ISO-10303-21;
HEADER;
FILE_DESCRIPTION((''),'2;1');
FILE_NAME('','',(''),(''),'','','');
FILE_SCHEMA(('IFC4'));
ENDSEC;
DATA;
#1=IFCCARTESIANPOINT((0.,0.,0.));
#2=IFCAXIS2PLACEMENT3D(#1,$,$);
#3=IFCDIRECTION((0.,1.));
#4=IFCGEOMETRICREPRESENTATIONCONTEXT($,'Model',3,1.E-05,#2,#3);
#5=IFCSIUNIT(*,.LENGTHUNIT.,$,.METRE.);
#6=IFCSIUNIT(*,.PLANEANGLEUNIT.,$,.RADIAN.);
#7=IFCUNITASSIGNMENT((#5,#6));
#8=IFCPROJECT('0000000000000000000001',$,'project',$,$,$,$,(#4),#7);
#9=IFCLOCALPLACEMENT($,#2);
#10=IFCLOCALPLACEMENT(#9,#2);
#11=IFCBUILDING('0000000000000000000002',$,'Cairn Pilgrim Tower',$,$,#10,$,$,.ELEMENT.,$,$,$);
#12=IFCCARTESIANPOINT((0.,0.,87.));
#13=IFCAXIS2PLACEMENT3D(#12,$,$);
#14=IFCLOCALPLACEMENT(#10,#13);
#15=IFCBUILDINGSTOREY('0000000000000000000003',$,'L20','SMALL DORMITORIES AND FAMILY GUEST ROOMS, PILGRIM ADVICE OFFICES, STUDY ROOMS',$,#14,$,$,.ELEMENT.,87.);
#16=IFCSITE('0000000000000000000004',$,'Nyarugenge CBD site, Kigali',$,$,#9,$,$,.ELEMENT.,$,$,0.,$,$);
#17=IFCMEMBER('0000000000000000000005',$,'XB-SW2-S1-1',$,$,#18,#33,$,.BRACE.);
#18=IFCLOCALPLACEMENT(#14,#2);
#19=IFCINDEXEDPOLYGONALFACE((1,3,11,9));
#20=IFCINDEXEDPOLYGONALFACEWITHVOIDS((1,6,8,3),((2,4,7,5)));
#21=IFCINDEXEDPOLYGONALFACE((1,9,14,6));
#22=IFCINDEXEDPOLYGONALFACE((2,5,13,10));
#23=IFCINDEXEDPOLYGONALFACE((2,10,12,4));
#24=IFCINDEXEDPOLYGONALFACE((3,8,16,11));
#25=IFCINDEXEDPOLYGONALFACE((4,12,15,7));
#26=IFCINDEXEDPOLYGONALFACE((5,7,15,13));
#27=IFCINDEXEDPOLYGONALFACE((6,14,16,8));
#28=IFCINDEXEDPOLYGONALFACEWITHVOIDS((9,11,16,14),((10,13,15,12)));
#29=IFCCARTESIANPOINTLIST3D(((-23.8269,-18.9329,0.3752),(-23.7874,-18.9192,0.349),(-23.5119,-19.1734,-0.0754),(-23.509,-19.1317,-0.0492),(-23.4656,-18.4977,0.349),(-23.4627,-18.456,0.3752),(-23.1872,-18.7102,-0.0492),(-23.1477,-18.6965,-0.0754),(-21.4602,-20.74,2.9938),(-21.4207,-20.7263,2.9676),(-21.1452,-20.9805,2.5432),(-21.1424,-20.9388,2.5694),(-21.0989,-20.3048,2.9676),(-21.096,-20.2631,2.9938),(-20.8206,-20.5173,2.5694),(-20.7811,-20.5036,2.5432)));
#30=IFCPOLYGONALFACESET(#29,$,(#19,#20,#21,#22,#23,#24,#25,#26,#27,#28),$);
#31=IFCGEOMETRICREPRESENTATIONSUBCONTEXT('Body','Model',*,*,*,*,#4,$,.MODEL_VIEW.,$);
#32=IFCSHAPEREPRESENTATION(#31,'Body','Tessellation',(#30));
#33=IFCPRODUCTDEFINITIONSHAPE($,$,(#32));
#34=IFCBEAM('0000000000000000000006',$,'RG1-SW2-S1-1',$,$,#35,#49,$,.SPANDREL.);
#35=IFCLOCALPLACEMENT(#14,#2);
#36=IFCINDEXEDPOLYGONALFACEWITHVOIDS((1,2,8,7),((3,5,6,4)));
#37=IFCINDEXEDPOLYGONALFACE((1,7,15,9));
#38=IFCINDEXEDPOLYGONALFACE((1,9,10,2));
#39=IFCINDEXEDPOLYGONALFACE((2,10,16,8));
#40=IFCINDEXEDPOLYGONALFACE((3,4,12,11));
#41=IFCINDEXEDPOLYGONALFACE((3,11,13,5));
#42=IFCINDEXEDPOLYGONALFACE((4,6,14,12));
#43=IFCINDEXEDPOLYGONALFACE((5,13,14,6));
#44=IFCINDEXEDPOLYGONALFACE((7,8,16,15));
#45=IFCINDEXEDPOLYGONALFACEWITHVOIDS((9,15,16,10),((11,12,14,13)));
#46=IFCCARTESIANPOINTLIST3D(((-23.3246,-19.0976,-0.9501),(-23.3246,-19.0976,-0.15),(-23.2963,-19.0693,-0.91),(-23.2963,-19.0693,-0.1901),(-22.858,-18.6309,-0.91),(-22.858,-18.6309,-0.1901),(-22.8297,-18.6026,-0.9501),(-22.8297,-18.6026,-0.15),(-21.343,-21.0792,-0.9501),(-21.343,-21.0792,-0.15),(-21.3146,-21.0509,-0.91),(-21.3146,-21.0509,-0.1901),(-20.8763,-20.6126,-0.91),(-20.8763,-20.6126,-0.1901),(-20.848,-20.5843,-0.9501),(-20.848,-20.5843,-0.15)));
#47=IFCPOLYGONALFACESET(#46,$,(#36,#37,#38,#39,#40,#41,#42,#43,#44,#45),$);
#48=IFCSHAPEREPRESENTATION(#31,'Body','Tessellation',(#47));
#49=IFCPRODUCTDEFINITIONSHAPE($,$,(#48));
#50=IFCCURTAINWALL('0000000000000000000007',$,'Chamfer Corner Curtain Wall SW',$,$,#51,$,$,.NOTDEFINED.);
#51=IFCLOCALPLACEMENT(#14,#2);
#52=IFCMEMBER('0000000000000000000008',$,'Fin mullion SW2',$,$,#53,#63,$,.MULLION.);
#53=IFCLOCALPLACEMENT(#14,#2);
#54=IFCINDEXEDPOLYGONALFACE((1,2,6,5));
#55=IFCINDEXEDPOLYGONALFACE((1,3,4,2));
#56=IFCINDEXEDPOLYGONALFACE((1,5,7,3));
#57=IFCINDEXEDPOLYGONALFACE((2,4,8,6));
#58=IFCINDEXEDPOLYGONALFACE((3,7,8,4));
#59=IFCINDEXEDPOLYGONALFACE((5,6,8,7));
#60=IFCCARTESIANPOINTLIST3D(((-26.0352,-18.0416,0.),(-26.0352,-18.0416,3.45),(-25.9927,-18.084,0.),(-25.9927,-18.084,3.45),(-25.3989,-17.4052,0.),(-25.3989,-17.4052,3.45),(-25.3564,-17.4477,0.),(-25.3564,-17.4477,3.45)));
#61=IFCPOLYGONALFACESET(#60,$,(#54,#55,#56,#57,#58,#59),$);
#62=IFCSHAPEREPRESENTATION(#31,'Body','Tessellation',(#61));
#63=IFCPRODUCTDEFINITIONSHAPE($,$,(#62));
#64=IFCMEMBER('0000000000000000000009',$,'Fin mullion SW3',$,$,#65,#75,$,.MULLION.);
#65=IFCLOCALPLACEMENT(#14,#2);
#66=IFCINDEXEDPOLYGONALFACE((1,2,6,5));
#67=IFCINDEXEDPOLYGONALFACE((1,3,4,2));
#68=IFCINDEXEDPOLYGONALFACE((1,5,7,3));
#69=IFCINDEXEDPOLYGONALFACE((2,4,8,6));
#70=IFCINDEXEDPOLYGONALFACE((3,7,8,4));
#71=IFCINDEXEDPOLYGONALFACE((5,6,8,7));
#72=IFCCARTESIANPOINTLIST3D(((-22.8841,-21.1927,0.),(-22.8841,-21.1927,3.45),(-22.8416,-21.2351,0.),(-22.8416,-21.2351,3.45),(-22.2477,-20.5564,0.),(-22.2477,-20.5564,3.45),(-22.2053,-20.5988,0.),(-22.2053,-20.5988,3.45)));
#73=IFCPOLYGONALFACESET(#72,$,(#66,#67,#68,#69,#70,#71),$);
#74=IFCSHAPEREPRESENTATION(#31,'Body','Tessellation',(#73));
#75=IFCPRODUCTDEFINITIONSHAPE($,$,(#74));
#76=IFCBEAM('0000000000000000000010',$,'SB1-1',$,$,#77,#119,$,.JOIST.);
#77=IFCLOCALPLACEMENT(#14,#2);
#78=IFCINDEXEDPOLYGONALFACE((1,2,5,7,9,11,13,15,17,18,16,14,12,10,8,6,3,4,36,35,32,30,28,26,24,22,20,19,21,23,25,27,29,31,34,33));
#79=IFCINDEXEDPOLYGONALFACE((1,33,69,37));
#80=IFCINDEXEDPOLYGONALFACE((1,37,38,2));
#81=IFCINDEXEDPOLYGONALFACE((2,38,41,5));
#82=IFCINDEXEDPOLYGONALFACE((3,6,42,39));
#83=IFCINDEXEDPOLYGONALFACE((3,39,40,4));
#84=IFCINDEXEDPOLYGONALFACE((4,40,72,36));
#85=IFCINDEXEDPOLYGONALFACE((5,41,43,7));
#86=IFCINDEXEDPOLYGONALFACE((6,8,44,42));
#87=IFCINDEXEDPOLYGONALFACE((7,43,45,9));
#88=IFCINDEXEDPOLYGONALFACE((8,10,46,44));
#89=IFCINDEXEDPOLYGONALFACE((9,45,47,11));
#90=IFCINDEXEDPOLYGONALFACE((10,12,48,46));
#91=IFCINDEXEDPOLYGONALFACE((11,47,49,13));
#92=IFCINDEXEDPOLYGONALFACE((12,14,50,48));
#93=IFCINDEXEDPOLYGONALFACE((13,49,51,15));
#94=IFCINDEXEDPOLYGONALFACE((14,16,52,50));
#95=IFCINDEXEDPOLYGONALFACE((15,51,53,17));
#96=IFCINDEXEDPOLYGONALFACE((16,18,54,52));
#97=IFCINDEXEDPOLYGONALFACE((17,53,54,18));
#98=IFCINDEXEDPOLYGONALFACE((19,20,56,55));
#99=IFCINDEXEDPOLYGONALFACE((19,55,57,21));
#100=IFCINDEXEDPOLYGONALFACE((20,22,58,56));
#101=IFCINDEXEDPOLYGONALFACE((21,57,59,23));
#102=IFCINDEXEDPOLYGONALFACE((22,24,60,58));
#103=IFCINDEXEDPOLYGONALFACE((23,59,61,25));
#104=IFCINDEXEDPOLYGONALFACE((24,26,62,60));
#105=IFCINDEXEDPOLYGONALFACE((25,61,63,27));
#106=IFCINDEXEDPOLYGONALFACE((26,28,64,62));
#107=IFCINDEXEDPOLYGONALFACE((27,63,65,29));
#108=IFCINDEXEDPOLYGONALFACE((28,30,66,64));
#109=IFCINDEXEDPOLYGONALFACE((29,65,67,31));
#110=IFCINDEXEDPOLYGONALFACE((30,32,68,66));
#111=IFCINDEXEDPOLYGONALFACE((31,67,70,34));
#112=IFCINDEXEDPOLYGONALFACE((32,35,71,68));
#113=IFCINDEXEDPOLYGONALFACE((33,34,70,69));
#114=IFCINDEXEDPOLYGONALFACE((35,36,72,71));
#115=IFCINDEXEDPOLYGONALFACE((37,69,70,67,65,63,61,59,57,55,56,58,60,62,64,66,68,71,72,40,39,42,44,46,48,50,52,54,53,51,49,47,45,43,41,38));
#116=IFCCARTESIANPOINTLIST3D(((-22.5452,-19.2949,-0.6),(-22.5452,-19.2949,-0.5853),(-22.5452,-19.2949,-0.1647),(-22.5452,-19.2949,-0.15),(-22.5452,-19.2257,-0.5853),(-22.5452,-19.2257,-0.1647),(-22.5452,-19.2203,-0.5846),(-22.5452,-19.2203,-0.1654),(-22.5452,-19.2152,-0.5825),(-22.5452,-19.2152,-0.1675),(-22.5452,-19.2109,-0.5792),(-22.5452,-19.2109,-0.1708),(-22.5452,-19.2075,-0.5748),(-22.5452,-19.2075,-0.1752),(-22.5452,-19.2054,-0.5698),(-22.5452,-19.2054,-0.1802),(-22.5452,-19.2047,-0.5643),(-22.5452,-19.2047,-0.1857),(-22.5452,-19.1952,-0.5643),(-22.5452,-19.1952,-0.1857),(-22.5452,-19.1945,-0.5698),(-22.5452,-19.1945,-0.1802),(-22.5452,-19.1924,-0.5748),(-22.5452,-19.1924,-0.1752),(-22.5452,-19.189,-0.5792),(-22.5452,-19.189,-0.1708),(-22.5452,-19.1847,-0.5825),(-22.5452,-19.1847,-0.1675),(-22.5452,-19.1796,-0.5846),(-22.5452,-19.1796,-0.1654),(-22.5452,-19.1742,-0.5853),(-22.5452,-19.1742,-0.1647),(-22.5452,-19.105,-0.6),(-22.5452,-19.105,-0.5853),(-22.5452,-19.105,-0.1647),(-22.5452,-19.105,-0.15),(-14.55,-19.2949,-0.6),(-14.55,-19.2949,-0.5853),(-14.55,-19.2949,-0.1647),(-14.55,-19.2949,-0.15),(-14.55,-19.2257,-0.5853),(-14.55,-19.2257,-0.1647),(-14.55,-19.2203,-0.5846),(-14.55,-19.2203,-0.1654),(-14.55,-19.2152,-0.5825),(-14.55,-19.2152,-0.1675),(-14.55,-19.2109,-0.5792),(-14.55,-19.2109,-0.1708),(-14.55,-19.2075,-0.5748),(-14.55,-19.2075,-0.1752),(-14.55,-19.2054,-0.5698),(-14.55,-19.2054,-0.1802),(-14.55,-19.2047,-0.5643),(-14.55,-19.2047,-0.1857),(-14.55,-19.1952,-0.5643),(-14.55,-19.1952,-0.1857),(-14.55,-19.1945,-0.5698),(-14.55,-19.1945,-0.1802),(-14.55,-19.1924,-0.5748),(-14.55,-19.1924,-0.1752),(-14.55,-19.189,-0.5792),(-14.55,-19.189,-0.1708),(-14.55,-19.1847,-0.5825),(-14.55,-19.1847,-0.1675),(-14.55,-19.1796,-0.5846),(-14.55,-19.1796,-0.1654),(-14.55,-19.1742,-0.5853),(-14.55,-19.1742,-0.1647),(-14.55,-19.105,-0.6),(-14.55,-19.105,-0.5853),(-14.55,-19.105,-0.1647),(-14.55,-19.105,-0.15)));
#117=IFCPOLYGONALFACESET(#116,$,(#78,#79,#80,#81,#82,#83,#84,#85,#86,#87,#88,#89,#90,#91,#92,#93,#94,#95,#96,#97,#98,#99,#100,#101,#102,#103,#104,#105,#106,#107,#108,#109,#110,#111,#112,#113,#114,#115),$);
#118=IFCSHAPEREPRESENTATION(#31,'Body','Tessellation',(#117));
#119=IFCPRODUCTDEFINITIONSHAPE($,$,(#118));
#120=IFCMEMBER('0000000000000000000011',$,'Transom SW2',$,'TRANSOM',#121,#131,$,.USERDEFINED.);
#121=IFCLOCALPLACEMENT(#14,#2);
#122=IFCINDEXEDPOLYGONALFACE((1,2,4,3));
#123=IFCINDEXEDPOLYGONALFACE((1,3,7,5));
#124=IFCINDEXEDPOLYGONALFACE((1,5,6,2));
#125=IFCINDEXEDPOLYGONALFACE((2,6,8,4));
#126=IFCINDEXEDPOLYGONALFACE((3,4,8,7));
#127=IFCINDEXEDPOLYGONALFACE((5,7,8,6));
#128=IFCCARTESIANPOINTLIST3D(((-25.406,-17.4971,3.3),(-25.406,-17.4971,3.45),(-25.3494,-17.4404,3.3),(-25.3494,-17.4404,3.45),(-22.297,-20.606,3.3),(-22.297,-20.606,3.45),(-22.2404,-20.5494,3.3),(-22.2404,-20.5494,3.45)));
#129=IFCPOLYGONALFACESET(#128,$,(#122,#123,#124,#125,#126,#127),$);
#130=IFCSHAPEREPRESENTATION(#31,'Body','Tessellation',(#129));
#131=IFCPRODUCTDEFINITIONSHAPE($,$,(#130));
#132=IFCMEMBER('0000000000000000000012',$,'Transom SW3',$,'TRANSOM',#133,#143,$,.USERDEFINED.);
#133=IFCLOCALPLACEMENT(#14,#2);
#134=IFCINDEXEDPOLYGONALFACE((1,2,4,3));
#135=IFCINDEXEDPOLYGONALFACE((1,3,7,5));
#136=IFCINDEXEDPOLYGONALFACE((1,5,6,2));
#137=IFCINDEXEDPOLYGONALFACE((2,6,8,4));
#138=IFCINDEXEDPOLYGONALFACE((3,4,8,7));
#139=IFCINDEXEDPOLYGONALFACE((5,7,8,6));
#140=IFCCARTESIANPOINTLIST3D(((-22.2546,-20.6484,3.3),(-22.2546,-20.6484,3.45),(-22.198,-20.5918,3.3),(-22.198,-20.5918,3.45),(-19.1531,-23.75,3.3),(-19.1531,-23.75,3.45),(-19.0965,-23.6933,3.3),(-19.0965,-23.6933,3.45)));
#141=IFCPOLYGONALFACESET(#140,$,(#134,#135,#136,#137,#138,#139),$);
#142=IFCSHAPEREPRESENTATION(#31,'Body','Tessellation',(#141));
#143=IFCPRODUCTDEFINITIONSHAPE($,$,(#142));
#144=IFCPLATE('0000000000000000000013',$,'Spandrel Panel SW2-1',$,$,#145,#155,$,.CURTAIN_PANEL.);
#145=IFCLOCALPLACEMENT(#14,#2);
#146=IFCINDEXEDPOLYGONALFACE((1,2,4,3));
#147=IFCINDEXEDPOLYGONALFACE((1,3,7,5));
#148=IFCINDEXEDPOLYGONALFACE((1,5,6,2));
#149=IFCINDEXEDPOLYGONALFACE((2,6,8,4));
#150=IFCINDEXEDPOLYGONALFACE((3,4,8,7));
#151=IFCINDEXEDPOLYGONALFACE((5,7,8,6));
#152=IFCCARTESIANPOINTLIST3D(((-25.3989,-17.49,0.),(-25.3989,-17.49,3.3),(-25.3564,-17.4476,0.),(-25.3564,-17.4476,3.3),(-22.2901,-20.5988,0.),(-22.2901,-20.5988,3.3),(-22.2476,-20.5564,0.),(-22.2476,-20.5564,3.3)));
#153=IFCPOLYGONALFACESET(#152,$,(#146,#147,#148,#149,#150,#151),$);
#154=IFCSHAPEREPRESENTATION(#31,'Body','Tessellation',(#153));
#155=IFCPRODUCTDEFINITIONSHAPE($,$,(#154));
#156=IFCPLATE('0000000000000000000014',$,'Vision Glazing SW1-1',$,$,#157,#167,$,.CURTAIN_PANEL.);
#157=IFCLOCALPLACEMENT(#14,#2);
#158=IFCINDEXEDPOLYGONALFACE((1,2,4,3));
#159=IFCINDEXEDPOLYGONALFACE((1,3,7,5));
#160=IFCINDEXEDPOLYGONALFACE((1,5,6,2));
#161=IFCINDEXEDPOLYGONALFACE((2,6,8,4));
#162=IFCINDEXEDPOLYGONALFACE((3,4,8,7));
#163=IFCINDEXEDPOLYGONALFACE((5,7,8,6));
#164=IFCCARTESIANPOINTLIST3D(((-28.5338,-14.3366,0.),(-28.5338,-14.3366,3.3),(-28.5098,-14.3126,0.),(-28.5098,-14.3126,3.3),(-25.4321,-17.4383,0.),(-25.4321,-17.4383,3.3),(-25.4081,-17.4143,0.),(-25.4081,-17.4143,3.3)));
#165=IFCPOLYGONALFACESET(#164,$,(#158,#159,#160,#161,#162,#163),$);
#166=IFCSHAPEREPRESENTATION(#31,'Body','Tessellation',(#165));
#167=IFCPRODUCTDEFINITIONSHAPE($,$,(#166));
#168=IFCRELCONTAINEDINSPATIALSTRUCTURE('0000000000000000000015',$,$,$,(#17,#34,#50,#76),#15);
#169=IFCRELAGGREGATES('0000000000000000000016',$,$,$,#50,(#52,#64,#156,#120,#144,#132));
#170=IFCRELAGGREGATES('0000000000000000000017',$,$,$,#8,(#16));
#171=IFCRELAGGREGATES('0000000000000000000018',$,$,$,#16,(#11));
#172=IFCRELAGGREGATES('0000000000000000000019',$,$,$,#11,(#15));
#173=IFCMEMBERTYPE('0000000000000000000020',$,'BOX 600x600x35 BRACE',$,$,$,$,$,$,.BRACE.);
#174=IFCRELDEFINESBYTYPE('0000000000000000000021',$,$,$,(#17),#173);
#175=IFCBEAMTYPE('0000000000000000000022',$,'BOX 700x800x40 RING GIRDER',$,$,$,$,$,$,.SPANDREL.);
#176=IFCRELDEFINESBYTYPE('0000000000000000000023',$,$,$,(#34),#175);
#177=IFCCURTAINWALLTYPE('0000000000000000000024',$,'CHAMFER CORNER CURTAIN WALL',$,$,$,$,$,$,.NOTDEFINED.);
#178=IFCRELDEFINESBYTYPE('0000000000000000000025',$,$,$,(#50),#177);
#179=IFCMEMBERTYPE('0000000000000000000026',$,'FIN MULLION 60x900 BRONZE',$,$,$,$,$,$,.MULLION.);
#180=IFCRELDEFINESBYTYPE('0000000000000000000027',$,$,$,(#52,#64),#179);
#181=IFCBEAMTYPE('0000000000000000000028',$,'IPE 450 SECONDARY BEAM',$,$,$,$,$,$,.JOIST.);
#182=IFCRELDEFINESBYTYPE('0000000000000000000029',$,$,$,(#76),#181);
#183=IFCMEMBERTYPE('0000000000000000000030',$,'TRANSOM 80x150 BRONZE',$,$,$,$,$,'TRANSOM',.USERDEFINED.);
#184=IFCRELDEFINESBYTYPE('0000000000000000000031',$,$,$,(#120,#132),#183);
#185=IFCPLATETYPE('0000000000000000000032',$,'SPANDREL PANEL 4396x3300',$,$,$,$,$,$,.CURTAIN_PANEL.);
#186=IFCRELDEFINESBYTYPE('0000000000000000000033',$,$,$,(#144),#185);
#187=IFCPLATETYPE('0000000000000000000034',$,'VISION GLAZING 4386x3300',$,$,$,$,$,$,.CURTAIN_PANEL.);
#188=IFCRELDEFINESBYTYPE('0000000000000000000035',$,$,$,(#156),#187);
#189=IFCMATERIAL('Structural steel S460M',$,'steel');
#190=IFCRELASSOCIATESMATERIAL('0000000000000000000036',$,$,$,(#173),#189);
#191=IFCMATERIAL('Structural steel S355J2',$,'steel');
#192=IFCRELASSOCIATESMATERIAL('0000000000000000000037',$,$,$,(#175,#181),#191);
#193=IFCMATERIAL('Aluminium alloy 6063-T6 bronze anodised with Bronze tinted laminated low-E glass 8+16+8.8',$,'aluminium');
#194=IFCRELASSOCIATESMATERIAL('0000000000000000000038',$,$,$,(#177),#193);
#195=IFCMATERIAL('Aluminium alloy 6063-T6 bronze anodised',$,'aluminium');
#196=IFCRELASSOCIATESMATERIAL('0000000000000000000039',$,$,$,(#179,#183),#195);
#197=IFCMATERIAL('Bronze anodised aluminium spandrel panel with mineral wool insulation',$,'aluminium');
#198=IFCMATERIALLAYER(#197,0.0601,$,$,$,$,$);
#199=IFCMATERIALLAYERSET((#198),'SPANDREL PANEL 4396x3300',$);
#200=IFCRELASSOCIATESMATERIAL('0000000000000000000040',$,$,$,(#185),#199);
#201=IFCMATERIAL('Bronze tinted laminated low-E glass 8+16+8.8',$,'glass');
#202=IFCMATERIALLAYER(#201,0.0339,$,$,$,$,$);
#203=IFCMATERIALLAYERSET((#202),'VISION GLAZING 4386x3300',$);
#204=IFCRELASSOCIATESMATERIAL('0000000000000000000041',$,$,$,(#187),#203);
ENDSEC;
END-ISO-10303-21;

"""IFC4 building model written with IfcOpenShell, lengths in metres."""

from ifc_helpers import new_model, si_unit, direction, frame, origin, origin_2d, place, context, subcontext, project, spatial, rectangle, hollow_rectangle, i_section, extrude, material, layer, layer_set, material_profile, profile_set, type_object, element, aggregate, save


model = new_model("IFC4")

# Units and contexts
model_context = context("Model", 3, precision=1e-05, world=origin(), true_north=direction((0.0, 1.0)))
body_context = subcontext(model_context, "Body", "Model", "MODEL_VIEW")
ifc_project = project(units=[si_unit("LENGTHUNIT", "METRE"), si_unit("PLANEANGLEUNIT", "RADIAN")], contexts=[model_context])

# Site, building, storey
site_placement = place(None, origin())
site = spatial("IfcSite", under=ifc_project, at=site_placement, Name="Nyarugenge CBD site, Kigali", CompositionType="ELEMENT", RefElevation=0.0)
building_placement = place(site_placement, origin())
building = spatial("IfcBuilding", under=site, at=building_placement, Name="Cairn Pilgrim Tower", CompositionType="ELEMENT")
storey_placement = place(building_placement, frame((0.0, 0.0, 87.0)))
storey = spatial("IfcBuildingStorey", under=building, at=storey_placement, Name="L20", Description="SMALL DORMITORIES AND FAMILY GUEST ROOMS, PILGRIM ADVICE OFFICES, STUDY ROOMS", CompositionType="ELEMENT", Elevation=87.0)

# Shared definitions
ifc_material_1 = material(Name="Structural steel S460M", Category="steel")

# Member
ifc_material_profile_1 = material_profile(ifc_material_1, hollow_rectangle(XDim=0.6001, YDim=0.6001, WallThickness=0.0349, at=origin_2d()), Name="BOX 600x600x35")
ifc_profile_set_1 = profile_set([ifc_material_profile_1], Name="Structural steel S460M")
member_type_1 = type_object("IfcMemberType", Name="BOX 600x600x35 BRACE", PredefinedType="BRACE", material=ifc_profile_set_1)
member_1_placement = place(storey_placement, frame((-23.4873, -18.8147, 0.1499), z_axis=(0.596839, -0.455725, 0.660377), x_axis=(0.606878, 0.794795, 0.0)))
element("IfcMember", 1, at=member_1_placement, inside=storey, type_object=member_type_1, Name="XB-SW2-S1-1", PredefinedType="BRACE", context=body_context, shape_type="SweptSolid", body=[
    extrude(hollow_rectangle(XDim=0.6001, YDim=0.6001, WallThickness=0.0349, at=origin_2d()), origin(), (0.0, 0.0, 1.0), 3.9653),
])

# Beam
ifc_material_2 = material(Name="Structural steel S355J2", Category="steel")
ifc_material_profile_2 = material_profile(ifc_material_2, hollow_rectangle(XDim=0.7, YDim=0.8, WallThickness=0.04, at=origin_2d()), Name="BOX 700x800x40")
ifc_profile_set_2 = profile_set([ifc_material_profile_2], Name="Structural steel S355J2")
beam_type_1 = type_object("IfcBeamType", Name="BOX 700x800x40 RING GIRDER", PredefinedType="SPANDREL", material=ifc_profile_set_2)
beam_1_placement = place(storey_placement, frame((-23.0771, -18.8501, -0.55), z_axis=(0.707107, -0.707107, 0.0), x_axis=(0.707107, 0.707107, 0.0)))
element("IfcBeam", 2, at=beam_1_placement, inside=storey, type_object=beam_type_1, Name="RG1-SW2-S1-1", PredefinedType="SPANDREL", context=body_context, shape_type="SweptSolid", body=[
    extrude(hollow_rectangle(XDim=0.7, YDim=0.8, WallThickness=0.04, at=origin_2d()), origin(), (0.0, 0.0, 1.0), 2.8025),
])

# Curtain wall, members
ifc_material_3 = material(Name="Aluminium alloy 6063-T6 bronze anodised with Bronze tinted laminated low-E glass 8+16+8.8", Category="aluminium")
curtain_wall_type = type_object("IfcCurtainWallType", Name="CHAMFER CORNER CURTAIN WALL", PredefinedType="NOTDEFINED", material=ifc_material_3)
curtain_wall_placement = place(storey_placement, origin())
curtain_wall = element("IfcCurtainWall", 3, at=curtain_wall_placement, inside=storey, type_object=curtain_wall_type, Name="Chamfer Corner Curtain Wall SW", PredefinedType="NOTDEFINED")
ifc_material_4 = material(Name="Aluminium alloy 6063-T6 bronze anodised", Category="aluminium")
ifc_material_profile_3 = material_profile(ifc_material_4, rectangle(XDim=0.8999, YDim=0.0601, at=origin_2d()), Name="FIN MULLION 60x900 BRONZE")
ifc_profile_set_3 = profile_set([ifc_material_profile_3], Name="Aluminium alloy 6063-T6 bronze anodised")
member_type_2 = type_object("IfcMemberType", Name="FIN MULLION 60x900 BRONZE", PredefinedType="MULLION", material=ifc_profile_set_3)
member_2_placement = place(storey_placement, frame((-25.6958, -17.7446, 0.0), z_axis=(0.0, 0.0, 1.0), x_axis=(-0.707107, -0.707107, 0.0)))
member_2 = element("IfcMember", 4, at=member_2_placement, type_object=member_type_2, Name="Fin mullion SW2", PredefinedType="MULLION", context=body_context, shape_type="SweptSolid", body=[
    extrude(rectangle(XDim=0.8999, YDim=0.0601, at=origin_2d()), origin(), (0.0, 0.0, 1.0), 3.45),
])
member_3_placement = place(storey_placement, frame((-22.5447, -20.8958, 0.0), z_axis=(0.0, 0.0, 1.0), x_axis=(-0.707107, -0.707107, 0.0)))
member_3 = element("IfcMember", 5, at=member_3_placement, type_object=member_type_2, Name="Fin mullion SW3", PredefinedType="MULLION", context=body_context, shape_type="SweptSolid", body=[
    extrude(rectangle(XDim=0.8999, YDim=0.0601, at=origin_2d()), origin(), (0.0, 0.0, 1.0), 3.45),
])

# Beam
ifc_material_profile_4 = material_profile(ifc_material_2, i_section(OverallWidth=0.1899, OverallDepth=0.45, WebThickness=0.0095, FlangeThickness=0.0146, FilletRadius=0.021, at=origin_2d()), Name="IPE 450")
ifc_profile_set_4 = profile_set([ifc_material_profile_4], Name="Structural steel S355J2")
beam_type_2 = type_object("IfcBeamType", Name="IPE 450 SECONDARY BEAM", PredefinedType="JOIST", material=ifc_profile_set_4)
beam_2_placement = place(storey_placement, frame((-22.5452, -19.2, -0.375), z_axis=(1.0, 0.0, 0.0), x_axis=(0.0, 1.0, 0.0)))
element("IfcBeam", 6, at=beam_2_placement, inside=storey, type_object=beam_type_2, Name="SB1-1", PredefinedType="JOIST", context=body_context, shape_type="SweptSolid", body=[
    extrude(i_section(OverallWidth=0.1899, OverallDepth=0.45, WebThickness=0.0095, FlangeThickness=0.0146, FilletRadius=0.021, at=origin_2d()), origin(), (0.0, 0.0, 1.0), 7.9951),
])

# Members
ifc_material_profile_5 = material_profile(ifc_material_4, rectangle(XDim=0.0801, YDim=0.1499, at=origin_2d()), Name="TRANSOM 80x150 BRONZE")
ifc_profile_set_5 = profile_set([ifc_material_profile_5], Name="Aluminium alloy 6063-T6 bronze anodised")
member_type_3 = type_object("IfcMemberType", Name="TRANSOM 80x150 BRONZE", ElementType="TRANSOM", PredefinedType="USERDEFINED", material=ifc_profile_set_5)
member_4_placement = place(storey_placement, frame((-25.3777, -17.4688, 3.375), z_axis=(0.707107, -0.707107, 0.0), x_axis=(0.707107, 0.707107, 0.0)))
member_4 = element("IfcMember", 7, at=member_4_placement, type_object=member_type_3, Name="Transom SW2", ObjectType="TRANSOM", PredefinedType="USERDEFINED", context=body_context, shape_type="SweptSolid", body=[
    extrude(rectangle(XDim=0.0801, YDim=0.1499, at=origin_2d()), origin(), (0.0, 0.0, 1.0), 4.3967),
])
member_5_placement = place(storey_placement, frame((-22.2263, -20.6201, 3.375), z_axis=(0.707107, -0.707107, 0.0), x_axis=(0.707107, 0.707107, 0.0)))
member_5 = element("IfcMember", 8, at=member_5_placement, type_object=member_type_3, Name="Transom SW3", ObjectType="TRANSOM", PredefinedType="USERDEFINED", context=body_context, shape_type="SweptSolid", body=[
    extrude(rectangle(XDim=0.0801, YDim=0.1499, at=origin_2d()), origin(), (0.0, 0.0, 1.0), 4.3862),
])

# Plates
ifc_material_5 = material(Name="Bronze anodised aluminium spandrel panel with mineral wool insulation", Category="aluminium")
ifc_layer_1 = layer(ifc_material_5, 0.0601)
ifc_layer_set_1 = layer_set([ifc_layer_1], Name="SPANDREL PANEL 4396x3300")
plate_type_1 = type_object("IfcPlateType", Name="SPANDREL PANEL 4396x3300", PredefinedType="CURTAIN_PANEL", material=ifc_layer_set_1)
plate_1_placement = place(storey_placement, frame((-23.8232, -19.0232, 0.0), z_axis=(0.0, 0.0, 1.0), x_axis=(0.707107, -0.707107, 0.0)))
plate_1 = element("IfcPlate", 9, at=plate_1_placement, type_object=plate_type_1, Name="Spandrel Panel SW2-1", PredefinedType="CURTAIN_PANEL", context=body_context, shape_type="SweptSolid", body=[
    extrude(rectangle(XDim=4.3965, YDim=0.0601, at=origin_2d()), origin(), (0.0, 0.0, 1.0), 3.3),
])
ifc_material_6 = material(Name="Bronze tinted laminated low-E glass 8+16+8.8", Category="glass")
ifc_layer_2 = layer(ifc_material_6, 0.0339)
ifc_layer_set_2 = layer_set([ifc_layer_2], Name="VISION GLAZING 4386x3300")
plate_type_2 = type_object("IfcPlateType", Name="VISION GLAZING 4386x3300", PredefinedType="CURTAIN_PANEL", material=ifc_layer_set_2)
plate_2_placement = place(storey_placement, frame((-26.9709, -15.8755, 0.0), z_axis=(0.0, 0.0, 1.0), x_axis=(0.707107, -0.707107, 0.0)))
plate_2 = element("IfcPlate", 10, at=plate_2_placement, type_object=plate_type_2, Name="Vision Glazing SW1-1", PredefinedType="CURTAIN_PANEL", context=body_context, shape_type="SweptSolid", body=[
    extrude(rectangle(XDim=4.3865, YDim=0.0339, at=origin_2d()), origin(), (0.0, 0.0, 1.0), 3.3),
])
aggregate(curtain_wall, [member_2, member_3, plate_2, member_4, plate_1, member_5])

save(model, "model.ifc")
